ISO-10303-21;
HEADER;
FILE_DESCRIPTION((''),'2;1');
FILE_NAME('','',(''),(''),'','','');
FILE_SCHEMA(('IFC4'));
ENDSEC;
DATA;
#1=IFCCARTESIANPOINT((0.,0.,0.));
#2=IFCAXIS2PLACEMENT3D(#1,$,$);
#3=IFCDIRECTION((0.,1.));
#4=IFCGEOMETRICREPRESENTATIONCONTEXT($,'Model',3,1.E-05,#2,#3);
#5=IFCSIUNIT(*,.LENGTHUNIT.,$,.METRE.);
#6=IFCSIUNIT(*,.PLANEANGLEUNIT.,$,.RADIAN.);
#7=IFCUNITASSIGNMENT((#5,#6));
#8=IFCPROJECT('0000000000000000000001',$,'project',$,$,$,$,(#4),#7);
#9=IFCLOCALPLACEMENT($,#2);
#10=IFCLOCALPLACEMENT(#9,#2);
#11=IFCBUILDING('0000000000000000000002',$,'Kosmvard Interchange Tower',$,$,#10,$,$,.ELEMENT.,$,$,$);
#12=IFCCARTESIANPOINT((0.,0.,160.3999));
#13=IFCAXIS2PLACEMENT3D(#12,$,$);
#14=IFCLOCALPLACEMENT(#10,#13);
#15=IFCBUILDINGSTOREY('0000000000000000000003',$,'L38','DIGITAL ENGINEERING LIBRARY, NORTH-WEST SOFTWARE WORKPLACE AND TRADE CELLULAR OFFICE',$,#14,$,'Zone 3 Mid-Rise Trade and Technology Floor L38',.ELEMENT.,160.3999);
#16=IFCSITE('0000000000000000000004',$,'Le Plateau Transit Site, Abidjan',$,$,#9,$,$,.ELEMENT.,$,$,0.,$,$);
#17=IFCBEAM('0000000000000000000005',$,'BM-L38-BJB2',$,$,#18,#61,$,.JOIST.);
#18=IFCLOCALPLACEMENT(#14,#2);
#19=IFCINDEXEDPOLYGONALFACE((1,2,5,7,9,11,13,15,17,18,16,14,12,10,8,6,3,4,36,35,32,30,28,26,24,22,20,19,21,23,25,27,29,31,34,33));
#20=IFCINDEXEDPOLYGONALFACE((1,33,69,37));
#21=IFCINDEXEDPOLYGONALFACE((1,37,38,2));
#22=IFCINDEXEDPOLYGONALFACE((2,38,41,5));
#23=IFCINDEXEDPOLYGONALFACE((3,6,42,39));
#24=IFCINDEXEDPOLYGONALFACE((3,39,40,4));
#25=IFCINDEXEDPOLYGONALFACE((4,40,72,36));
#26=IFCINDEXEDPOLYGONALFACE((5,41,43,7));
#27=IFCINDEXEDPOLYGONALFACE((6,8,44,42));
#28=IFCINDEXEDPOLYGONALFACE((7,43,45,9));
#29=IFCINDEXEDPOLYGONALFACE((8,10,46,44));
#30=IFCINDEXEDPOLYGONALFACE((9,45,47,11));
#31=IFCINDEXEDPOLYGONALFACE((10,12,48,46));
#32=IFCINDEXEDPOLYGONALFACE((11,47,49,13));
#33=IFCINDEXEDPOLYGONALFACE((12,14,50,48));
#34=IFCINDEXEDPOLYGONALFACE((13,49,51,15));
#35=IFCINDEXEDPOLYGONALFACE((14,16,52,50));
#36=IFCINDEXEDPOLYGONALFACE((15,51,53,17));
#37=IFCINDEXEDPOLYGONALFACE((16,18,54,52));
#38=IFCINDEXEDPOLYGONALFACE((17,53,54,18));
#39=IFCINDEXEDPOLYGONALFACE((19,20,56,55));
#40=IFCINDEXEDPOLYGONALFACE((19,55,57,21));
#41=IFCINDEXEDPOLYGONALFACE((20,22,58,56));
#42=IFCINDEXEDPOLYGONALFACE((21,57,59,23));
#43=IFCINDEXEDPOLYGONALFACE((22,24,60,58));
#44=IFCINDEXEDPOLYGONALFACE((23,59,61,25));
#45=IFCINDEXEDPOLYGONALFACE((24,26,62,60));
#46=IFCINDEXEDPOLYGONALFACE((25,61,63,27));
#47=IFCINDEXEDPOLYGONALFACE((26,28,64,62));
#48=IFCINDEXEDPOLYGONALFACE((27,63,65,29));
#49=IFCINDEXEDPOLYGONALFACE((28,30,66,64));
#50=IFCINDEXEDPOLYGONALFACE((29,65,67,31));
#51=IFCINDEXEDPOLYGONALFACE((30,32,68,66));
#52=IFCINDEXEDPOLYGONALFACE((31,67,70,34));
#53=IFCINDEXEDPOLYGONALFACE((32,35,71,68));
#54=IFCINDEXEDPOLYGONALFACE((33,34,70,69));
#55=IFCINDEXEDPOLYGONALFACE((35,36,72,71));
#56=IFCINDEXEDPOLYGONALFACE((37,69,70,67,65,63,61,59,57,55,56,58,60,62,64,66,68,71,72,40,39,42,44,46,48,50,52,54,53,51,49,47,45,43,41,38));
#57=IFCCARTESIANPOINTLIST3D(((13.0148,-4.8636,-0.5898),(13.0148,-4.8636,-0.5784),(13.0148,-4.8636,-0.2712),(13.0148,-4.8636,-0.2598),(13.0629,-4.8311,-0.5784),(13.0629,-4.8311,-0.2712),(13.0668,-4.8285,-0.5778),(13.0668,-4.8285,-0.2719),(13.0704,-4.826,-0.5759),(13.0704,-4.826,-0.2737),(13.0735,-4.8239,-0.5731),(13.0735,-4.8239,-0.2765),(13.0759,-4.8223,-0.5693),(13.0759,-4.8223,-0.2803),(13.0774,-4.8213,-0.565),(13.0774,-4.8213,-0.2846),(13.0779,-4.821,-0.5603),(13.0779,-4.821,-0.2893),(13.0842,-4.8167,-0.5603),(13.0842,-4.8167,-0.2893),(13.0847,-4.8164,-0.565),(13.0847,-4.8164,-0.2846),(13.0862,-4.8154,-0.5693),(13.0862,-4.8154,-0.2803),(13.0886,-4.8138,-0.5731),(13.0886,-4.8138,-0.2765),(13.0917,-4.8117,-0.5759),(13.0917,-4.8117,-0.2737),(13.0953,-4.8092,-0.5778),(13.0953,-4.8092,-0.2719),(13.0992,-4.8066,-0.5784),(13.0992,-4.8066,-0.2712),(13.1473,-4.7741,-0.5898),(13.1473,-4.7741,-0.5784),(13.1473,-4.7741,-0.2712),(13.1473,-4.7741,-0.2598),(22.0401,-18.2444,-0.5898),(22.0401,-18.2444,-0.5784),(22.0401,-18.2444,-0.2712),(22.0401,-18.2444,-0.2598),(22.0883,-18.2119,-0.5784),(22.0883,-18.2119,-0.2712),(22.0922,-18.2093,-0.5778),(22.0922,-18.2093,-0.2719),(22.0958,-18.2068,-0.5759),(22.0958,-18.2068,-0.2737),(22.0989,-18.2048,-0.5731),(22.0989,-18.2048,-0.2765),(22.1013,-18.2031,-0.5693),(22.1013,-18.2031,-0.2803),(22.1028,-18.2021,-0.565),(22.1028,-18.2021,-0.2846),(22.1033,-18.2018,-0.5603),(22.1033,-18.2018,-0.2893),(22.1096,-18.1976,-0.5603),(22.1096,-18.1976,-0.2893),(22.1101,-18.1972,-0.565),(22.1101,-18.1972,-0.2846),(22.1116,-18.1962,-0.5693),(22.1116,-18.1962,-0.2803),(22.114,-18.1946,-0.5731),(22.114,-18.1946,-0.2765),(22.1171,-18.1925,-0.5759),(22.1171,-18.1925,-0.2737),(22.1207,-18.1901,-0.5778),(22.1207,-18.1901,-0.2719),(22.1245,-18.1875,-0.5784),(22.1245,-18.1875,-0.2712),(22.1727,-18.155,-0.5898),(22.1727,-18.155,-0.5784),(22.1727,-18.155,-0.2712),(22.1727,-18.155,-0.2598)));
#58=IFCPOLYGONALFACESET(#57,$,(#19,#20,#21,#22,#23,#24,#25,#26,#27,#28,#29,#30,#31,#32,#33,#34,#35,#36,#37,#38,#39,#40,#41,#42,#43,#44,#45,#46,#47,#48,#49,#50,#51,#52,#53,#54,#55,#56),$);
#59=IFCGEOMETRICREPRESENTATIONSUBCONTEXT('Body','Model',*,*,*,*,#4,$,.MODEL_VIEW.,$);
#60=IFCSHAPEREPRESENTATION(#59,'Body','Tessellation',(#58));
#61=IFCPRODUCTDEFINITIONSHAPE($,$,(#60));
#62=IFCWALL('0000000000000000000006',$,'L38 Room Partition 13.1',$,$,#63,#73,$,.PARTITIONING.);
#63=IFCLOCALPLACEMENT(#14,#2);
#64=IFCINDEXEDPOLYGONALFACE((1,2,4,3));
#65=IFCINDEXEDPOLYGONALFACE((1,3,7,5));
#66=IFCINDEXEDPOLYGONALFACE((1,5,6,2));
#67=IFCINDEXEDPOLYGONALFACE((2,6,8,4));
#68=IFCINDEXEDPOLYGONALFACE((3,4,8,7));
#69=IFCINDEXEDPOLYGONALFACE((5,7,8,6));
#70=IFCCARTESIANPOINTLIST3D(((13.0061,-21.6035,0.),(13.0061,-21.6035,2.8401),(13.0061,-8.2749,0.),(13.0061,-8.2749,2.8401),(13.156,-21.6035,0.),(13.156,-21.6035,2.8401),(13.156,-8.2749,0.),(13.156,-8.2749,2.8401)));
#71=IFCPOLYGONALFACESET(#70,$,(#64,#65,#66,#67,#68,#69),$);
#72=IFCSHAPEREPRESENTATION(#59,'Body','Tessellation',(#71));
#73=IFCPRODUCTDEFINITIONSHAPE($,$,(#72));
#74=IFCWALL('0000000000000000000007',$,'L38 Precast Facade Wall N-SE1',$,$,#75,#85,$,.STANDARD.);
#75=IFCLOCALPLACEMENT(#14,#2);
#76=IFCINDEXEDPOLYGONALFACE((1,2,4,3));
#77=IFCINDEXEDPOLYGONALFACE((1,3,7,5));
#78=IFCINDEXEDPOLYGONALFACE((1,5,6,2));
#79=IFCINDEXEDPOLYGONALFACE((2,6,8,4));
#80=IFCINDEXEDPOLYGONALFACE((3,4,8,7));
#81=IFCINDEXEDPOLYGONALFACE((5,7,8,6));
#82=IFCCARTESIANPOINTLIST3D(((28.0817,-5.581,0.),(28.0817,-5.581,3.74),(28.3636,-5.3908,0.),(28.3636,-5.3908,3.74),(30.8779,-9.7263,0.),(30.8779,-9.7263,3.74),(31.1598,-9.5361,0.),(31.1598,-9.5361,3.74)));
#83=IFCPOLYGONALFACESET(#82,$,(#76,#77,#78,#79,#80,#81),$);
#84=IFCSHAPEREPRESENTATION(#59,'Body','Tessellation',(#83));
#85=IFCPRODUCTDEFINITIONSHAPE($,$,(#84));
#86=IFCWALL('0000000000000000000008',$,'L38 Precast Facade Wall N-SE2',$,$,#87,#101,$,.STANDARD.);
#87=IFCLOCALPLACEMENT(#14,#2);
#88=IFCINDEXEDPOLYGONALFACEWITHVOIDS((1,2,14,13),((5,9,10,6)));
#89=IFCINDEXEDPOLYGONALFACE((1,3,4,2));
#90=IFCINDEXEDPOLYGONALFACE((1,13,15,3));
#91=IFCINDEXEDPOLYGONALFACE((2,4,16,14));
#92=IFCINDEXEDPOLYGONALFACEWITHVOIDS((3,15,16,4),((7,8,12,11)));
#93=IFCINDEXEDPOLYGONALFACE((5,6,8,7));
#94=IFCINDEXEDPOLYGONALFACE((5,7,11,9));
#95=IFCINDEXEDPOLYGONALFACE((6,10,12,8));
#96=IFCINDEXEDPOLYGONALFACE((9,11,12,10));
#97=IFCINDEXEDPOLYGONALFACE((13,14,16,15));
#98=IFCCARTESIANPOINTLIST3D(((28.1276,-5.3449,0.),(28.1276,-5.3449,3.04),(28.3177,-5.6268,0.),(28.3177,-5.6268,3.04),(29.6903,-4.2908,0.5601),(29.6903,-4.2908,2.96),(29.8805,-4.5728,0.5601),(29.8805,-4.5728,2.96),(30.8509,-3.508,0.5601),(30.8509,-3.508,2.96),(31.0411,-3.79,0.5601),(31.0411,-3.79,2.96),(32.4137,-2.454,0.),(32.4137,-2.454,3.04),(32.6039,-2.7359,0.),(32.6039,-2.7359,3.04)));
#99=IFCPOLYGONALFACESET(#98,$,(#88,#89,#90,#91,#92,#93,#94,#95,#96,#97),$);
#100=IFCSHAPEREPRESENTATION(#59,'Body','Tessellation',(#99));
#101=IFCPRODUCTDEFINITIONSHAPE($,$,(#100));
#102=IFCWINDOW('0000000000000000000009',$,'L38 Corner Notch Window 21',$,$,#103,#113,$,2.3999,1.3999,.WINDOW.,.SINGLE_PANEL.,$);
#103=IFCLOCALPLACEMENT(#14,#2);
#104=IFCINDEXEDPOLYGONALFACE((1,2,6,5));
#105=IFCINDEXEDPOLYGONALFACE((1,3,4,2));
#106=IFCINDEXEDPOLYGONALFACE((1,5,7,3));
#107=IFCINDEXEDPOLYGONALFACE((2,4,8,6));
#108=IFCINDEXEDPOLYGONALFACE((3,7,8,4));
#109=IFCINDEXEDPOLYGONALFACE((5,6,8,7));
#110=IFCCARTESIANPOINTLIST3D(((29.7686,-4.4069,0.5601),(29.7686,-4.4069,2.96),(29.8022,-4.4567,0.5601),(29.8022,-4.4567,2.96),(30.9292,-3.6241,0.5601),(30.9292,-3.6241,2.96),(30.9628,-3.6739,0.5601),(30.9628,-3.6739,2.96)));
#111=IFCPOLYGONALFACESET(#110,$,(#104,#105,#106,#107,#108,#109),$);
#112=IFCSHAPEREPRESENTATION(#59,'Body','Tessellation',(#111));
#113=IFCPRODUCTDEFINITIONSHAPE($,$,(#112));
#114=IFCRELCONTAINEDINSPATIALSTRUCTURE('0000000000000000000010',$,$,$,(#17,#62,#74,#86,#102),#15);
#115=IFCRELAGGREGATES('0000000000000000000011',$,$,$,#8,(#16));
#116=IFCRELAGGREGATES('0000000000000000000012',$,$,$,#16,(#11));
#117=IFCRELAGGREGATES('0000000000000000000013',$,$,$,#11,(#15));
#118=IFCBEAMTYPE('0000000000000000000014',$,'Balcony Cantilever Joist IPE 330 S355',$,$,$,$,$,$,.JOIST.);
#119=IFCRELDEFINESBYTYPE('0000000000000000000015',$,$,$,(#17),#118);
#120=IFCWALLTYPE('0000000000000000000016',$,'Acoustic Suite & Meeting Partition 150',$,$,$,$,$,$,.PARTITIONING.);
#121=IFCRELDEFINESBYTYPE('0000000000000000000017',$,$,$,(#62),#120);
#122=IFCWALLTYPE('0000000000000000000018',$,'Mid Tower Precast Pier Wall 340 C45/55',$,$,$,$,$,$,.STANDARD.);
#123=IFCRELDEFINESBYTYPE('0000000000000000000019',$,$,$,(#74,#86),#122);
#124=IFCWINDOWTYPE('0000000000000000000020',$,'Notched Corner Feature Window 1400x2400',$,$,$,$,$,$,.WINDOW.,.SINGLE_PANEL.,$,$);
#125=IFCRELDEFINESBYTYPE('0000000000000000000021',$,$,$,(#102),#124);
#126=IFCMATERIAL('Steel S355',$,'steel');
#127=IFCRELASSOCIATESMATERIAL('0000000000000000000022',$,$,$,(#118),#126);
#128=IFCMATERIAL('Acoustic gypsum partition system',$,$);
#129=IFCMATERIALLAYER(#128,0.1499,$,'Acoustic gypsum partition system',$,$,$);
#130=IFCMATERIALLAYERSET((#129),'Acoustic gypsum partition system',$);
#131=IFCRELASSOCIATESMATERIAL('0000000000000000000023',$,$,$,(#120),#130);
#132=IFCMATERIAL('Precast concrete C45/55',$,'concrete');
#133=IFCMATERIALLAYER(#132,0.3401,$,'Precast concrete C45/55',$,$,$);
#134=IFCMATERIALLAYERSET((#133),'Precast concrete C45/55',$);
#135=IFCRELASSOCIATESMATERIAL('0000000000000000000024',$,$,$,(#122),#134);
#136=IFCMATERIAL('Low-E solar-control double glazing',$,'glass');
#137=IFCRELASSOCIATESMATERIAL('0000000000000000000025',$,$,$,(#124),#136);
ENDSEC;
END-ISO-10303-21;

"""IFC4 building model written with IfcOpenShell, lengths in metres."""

from ifc_helpers import new_model, si_unit, direction, frame, frame_2d, origin, origin_2d, place, context, subcontext, project, spatial, rectangle, i_section, extrude, source, transform, mapped, material, layer, layer_set, material_profile, profile_set, type_object, element, fill, save


model = new_model("IFC4")

# Units and contexts
model_context = context("Model", 3, precision=1e-05, world=origin(), true_north=direction((0.0, 1.0)))
body_context = subcontext(model_context, "Body", "Model", "MODEL_VIEW")
ifc_project = project(units=[si_unit("LENGTHUNIT", "METRE"), si_unit("PLANEANGLEUNIT", "RADIAN")], contexts=[model_context])

# Site, building, storey
site_placement = place(None, origin())
site = spatial("IfcSite", under=ifc_project, at=site_placement, Name="Le Plateau Transit Site, Abidjan", CompositionType="ELEMENT", RefElevation=0.0)
building_placement = place(site_placement, origin())
building = spatial("IfcBuilding", under=site, at=building_placement, Name="Kosmvard Interchange Tower", CompositionType="ELEMENT")
storey_placement = place(building_placement, frame((0.0, 0.0, 160.3999)))
storey = spatial("IfcBuildingStorey", under=building, at=storey_placement, Name="L38", Description="DIGITAL ENGINEERING LIBRARY, NORTH-WEST SOFTWARE WORKPLACE AND TRADE CELLULAR OFFICE", LongName="Zone 3 Mid-Rise Trade and Technology Floor L38", CompositionType="ELEMENT", Elevation=160.3999)

# Beam
ifc_material_1 = material(Name="Steel S355", Category="steel")
ifc_material_2 = material(Name="Precast concrete C45/55", Category="concrete")
ifc_material_profile_1 = material_profile(ifc_material_1, i_section(OverallWidth=0.1599, OverallDepth=0.3301, WebThickness=0.0076, FlangeThickness=0.0115, FilletRadius=0.0181, at=origin_2d()), Name="IPE 330")
ifc_profile_set_1 = profile_set([ifc_material_profile_1], Name="Steel S355")
beam_type_1 = type_object("IfcBeamType", Name="Balcony Cantilever Joist IPE 330 S355", PredefinedType="JOIST", material=ifc_profile_set_1)
shared_shape_1 = source(origin(), body_context, "Body", "SweptSolid", [
    extrude(i_section(OverallWidth=0.1599, OverallDepth=0.3301, WebThickness=0.0076, FlangeThickness=0.0115, FilletRadius=0.0181, at=origin_2d()), origin(), (0.0, 0.0, 1.0), 16.1401),
])
beam_1_placement = place(storey_placement, frame((13.0811, -4.8188, -0.4248), z_axis=(0.559188, -0.829041, 0.0), x_axis=(0.829041, 0.559188, 0.0)))
element("IfcBeam", 1, at=beam_1_placement, inside=storey, type_object=beam_type_1, Name="BM-L38-BJB2", PredefinedType="JOIST", context=body_context, shape_type="MappedRepresentation", body=[
    mapped(shared_shape_1, transform((0.0, 0.0, 0.0), scale=1.0)),
])

# Walls
ifc_material_3 = material(Name="Acoustic gypsum partition system")
ifc_layer_1 = layer(ifc_material_3, 0.1499, Name="Acoustic gypsum partition system")
ifc_layer_set_1 = layer_set([ifc_layer_1], Name="Acoustic gypsum partition system")
wall_type_1 = type_object("IfcWallType", Name="Acoustic Suite & Meeting Partition 150", PredefinedType="PARTITIONING", material=ifc_layer_set_1)
wall_1_placement = place(storey_placement, frame((13.0811, -8.2749, 0.0), z_axis=(0.0, 0.0, 1.0), x_axis=(0.0, -1.0, 0.0)))
element("IfcWall", 2, at=wall_1_placement, inside=storey, type_object=wall_type_1, Name="L38 Room Partition 13.1", PredefinedType="PARTITIONING", context=body_context, shape_type="SweptSolid", body=[
    extrude(rectangle(XDim=13.3286, YDim=0.1499, at=frame_2d((6.6643, 0.0))), origin(), (0.0, 0.0, 1.0), 2.8401),
])
ifc_layer_2 = layer(ifc_material_2, 0.3401, Name="Precast concrete C45/55")
ifc_layer_set_2 = layer_set([ifc_layer_2], Name="Precast concrete C45/55")
wall_type_2 = type_object("IfcWallType", Name="Mid Tower Precast Pier Wall 340 C45/55", PredefinedType="STANDARD", material=ifc_layer_set_2)
wall_2_placement = place(storey_placement, frame((31.0188, -9.6311, 0.0), z_axis=(0.0, 0.0, 1.0), x_axis=(-0.55921, 0.829026, 0.0)))
element("IfcWall", 3, at=wall_2_placement, inside=storey, type_object=wall_type_2, Name="L38 Precast Facade Wall N-SE1", PredefinedType="STANDARD", context=body_context, shape_type="SweptSolid", body=[
    extrude(rectangle(XDim=5.0002, YDim=0.3401, at=frame_2d((2.5, 0.0))), origin(), (0.0, 0.0, 1.0), 3.74),
])

# Wall, opening, window
wall_3_placement = place(storey_placement, frame((28.2227, -5.4858, 0.0), z_axis=(0.0, 0.0, 1.0), x_axis=(0.829052, 0.559171, 0.0)))
wall_3 = element("IfcWall", 4, at=wall_3_placement, inside=storey, type_object=wall_type_2, Name="L38 Precast Facade Wall N-SE2", PredefinedType="STANDARD", context=body_context, shape_type="SweptSolid", body=[
    extrude(rectangle(XDim=5.1699, YDim=0.3401, at=frame_2d((2.585, 0.0))), origin(), (0.0, 0.0, 1.0), 3.04),
])
opening_1_placement = place(wall_3_placement, frame((1.885, 0.0, 0.5601)))
opening_1 = element("IfcOpeningElement", 5, at=opening_1_placement, cuts=wall_3, PredefinedType="OPENING", context=body_context, shape_type="SweptSolid", body=[
    extrude(rectangle(XDim=1.3999, YDim=2.3999, at=frame_2d((0.7, 1.2))), frame((0.0, 0.1802, 0.0), z_axis=(0.0, -1.0, 0.0), x_axis=(1.0, 0.0, 0.0)), (0.0, 0.0, 1.0), 0.3601),
])
ifc_material_4 = material(Name="Low-E solar-control double glazing", Category="glass")
window_type_1 = type_object("IfcWindowType", Name="Notched Corner Feature Window 1400x2400", PartitioningType="SINGLE_PANEL", PredefinedType="WINDOW", material=ifc_material_4)
shared_shape_2 = source(origin(), body_context, "Body", "SweptSolid", [
    extrude(rectangle(XDim=1.3999, YDim=2.3999, at=frame_2d((0.7, 1.2))), frame((0.0, 0.03, 0.0), z_axis=(0.0, -1.0, 0.0), x_axis=(1.0, 0.0, 0.0)), (0.0, 0.0, 1.0), 0.0601),
])
window_1_placement = place(opening_1_placement, origin())
window_1 = element("IfcWindow", 6, at=window_1_placement, inside=storey, type_object=window_type_1, Name="L38 Corner Notch Window 21", OverallHeight=2.3999, OverallWidth=1.3999, PartitioningType="SINGLE_PANEL", PredefinedType="WINDOW", context=body_context, shape_type="MappedRepresentation", body=[
    mapped(shared_shape_2, transform((0.0, 0.0, 0.0), scale=1.0)),
])
fill(opening_1, window_1)

save(model, "model.ifc")
